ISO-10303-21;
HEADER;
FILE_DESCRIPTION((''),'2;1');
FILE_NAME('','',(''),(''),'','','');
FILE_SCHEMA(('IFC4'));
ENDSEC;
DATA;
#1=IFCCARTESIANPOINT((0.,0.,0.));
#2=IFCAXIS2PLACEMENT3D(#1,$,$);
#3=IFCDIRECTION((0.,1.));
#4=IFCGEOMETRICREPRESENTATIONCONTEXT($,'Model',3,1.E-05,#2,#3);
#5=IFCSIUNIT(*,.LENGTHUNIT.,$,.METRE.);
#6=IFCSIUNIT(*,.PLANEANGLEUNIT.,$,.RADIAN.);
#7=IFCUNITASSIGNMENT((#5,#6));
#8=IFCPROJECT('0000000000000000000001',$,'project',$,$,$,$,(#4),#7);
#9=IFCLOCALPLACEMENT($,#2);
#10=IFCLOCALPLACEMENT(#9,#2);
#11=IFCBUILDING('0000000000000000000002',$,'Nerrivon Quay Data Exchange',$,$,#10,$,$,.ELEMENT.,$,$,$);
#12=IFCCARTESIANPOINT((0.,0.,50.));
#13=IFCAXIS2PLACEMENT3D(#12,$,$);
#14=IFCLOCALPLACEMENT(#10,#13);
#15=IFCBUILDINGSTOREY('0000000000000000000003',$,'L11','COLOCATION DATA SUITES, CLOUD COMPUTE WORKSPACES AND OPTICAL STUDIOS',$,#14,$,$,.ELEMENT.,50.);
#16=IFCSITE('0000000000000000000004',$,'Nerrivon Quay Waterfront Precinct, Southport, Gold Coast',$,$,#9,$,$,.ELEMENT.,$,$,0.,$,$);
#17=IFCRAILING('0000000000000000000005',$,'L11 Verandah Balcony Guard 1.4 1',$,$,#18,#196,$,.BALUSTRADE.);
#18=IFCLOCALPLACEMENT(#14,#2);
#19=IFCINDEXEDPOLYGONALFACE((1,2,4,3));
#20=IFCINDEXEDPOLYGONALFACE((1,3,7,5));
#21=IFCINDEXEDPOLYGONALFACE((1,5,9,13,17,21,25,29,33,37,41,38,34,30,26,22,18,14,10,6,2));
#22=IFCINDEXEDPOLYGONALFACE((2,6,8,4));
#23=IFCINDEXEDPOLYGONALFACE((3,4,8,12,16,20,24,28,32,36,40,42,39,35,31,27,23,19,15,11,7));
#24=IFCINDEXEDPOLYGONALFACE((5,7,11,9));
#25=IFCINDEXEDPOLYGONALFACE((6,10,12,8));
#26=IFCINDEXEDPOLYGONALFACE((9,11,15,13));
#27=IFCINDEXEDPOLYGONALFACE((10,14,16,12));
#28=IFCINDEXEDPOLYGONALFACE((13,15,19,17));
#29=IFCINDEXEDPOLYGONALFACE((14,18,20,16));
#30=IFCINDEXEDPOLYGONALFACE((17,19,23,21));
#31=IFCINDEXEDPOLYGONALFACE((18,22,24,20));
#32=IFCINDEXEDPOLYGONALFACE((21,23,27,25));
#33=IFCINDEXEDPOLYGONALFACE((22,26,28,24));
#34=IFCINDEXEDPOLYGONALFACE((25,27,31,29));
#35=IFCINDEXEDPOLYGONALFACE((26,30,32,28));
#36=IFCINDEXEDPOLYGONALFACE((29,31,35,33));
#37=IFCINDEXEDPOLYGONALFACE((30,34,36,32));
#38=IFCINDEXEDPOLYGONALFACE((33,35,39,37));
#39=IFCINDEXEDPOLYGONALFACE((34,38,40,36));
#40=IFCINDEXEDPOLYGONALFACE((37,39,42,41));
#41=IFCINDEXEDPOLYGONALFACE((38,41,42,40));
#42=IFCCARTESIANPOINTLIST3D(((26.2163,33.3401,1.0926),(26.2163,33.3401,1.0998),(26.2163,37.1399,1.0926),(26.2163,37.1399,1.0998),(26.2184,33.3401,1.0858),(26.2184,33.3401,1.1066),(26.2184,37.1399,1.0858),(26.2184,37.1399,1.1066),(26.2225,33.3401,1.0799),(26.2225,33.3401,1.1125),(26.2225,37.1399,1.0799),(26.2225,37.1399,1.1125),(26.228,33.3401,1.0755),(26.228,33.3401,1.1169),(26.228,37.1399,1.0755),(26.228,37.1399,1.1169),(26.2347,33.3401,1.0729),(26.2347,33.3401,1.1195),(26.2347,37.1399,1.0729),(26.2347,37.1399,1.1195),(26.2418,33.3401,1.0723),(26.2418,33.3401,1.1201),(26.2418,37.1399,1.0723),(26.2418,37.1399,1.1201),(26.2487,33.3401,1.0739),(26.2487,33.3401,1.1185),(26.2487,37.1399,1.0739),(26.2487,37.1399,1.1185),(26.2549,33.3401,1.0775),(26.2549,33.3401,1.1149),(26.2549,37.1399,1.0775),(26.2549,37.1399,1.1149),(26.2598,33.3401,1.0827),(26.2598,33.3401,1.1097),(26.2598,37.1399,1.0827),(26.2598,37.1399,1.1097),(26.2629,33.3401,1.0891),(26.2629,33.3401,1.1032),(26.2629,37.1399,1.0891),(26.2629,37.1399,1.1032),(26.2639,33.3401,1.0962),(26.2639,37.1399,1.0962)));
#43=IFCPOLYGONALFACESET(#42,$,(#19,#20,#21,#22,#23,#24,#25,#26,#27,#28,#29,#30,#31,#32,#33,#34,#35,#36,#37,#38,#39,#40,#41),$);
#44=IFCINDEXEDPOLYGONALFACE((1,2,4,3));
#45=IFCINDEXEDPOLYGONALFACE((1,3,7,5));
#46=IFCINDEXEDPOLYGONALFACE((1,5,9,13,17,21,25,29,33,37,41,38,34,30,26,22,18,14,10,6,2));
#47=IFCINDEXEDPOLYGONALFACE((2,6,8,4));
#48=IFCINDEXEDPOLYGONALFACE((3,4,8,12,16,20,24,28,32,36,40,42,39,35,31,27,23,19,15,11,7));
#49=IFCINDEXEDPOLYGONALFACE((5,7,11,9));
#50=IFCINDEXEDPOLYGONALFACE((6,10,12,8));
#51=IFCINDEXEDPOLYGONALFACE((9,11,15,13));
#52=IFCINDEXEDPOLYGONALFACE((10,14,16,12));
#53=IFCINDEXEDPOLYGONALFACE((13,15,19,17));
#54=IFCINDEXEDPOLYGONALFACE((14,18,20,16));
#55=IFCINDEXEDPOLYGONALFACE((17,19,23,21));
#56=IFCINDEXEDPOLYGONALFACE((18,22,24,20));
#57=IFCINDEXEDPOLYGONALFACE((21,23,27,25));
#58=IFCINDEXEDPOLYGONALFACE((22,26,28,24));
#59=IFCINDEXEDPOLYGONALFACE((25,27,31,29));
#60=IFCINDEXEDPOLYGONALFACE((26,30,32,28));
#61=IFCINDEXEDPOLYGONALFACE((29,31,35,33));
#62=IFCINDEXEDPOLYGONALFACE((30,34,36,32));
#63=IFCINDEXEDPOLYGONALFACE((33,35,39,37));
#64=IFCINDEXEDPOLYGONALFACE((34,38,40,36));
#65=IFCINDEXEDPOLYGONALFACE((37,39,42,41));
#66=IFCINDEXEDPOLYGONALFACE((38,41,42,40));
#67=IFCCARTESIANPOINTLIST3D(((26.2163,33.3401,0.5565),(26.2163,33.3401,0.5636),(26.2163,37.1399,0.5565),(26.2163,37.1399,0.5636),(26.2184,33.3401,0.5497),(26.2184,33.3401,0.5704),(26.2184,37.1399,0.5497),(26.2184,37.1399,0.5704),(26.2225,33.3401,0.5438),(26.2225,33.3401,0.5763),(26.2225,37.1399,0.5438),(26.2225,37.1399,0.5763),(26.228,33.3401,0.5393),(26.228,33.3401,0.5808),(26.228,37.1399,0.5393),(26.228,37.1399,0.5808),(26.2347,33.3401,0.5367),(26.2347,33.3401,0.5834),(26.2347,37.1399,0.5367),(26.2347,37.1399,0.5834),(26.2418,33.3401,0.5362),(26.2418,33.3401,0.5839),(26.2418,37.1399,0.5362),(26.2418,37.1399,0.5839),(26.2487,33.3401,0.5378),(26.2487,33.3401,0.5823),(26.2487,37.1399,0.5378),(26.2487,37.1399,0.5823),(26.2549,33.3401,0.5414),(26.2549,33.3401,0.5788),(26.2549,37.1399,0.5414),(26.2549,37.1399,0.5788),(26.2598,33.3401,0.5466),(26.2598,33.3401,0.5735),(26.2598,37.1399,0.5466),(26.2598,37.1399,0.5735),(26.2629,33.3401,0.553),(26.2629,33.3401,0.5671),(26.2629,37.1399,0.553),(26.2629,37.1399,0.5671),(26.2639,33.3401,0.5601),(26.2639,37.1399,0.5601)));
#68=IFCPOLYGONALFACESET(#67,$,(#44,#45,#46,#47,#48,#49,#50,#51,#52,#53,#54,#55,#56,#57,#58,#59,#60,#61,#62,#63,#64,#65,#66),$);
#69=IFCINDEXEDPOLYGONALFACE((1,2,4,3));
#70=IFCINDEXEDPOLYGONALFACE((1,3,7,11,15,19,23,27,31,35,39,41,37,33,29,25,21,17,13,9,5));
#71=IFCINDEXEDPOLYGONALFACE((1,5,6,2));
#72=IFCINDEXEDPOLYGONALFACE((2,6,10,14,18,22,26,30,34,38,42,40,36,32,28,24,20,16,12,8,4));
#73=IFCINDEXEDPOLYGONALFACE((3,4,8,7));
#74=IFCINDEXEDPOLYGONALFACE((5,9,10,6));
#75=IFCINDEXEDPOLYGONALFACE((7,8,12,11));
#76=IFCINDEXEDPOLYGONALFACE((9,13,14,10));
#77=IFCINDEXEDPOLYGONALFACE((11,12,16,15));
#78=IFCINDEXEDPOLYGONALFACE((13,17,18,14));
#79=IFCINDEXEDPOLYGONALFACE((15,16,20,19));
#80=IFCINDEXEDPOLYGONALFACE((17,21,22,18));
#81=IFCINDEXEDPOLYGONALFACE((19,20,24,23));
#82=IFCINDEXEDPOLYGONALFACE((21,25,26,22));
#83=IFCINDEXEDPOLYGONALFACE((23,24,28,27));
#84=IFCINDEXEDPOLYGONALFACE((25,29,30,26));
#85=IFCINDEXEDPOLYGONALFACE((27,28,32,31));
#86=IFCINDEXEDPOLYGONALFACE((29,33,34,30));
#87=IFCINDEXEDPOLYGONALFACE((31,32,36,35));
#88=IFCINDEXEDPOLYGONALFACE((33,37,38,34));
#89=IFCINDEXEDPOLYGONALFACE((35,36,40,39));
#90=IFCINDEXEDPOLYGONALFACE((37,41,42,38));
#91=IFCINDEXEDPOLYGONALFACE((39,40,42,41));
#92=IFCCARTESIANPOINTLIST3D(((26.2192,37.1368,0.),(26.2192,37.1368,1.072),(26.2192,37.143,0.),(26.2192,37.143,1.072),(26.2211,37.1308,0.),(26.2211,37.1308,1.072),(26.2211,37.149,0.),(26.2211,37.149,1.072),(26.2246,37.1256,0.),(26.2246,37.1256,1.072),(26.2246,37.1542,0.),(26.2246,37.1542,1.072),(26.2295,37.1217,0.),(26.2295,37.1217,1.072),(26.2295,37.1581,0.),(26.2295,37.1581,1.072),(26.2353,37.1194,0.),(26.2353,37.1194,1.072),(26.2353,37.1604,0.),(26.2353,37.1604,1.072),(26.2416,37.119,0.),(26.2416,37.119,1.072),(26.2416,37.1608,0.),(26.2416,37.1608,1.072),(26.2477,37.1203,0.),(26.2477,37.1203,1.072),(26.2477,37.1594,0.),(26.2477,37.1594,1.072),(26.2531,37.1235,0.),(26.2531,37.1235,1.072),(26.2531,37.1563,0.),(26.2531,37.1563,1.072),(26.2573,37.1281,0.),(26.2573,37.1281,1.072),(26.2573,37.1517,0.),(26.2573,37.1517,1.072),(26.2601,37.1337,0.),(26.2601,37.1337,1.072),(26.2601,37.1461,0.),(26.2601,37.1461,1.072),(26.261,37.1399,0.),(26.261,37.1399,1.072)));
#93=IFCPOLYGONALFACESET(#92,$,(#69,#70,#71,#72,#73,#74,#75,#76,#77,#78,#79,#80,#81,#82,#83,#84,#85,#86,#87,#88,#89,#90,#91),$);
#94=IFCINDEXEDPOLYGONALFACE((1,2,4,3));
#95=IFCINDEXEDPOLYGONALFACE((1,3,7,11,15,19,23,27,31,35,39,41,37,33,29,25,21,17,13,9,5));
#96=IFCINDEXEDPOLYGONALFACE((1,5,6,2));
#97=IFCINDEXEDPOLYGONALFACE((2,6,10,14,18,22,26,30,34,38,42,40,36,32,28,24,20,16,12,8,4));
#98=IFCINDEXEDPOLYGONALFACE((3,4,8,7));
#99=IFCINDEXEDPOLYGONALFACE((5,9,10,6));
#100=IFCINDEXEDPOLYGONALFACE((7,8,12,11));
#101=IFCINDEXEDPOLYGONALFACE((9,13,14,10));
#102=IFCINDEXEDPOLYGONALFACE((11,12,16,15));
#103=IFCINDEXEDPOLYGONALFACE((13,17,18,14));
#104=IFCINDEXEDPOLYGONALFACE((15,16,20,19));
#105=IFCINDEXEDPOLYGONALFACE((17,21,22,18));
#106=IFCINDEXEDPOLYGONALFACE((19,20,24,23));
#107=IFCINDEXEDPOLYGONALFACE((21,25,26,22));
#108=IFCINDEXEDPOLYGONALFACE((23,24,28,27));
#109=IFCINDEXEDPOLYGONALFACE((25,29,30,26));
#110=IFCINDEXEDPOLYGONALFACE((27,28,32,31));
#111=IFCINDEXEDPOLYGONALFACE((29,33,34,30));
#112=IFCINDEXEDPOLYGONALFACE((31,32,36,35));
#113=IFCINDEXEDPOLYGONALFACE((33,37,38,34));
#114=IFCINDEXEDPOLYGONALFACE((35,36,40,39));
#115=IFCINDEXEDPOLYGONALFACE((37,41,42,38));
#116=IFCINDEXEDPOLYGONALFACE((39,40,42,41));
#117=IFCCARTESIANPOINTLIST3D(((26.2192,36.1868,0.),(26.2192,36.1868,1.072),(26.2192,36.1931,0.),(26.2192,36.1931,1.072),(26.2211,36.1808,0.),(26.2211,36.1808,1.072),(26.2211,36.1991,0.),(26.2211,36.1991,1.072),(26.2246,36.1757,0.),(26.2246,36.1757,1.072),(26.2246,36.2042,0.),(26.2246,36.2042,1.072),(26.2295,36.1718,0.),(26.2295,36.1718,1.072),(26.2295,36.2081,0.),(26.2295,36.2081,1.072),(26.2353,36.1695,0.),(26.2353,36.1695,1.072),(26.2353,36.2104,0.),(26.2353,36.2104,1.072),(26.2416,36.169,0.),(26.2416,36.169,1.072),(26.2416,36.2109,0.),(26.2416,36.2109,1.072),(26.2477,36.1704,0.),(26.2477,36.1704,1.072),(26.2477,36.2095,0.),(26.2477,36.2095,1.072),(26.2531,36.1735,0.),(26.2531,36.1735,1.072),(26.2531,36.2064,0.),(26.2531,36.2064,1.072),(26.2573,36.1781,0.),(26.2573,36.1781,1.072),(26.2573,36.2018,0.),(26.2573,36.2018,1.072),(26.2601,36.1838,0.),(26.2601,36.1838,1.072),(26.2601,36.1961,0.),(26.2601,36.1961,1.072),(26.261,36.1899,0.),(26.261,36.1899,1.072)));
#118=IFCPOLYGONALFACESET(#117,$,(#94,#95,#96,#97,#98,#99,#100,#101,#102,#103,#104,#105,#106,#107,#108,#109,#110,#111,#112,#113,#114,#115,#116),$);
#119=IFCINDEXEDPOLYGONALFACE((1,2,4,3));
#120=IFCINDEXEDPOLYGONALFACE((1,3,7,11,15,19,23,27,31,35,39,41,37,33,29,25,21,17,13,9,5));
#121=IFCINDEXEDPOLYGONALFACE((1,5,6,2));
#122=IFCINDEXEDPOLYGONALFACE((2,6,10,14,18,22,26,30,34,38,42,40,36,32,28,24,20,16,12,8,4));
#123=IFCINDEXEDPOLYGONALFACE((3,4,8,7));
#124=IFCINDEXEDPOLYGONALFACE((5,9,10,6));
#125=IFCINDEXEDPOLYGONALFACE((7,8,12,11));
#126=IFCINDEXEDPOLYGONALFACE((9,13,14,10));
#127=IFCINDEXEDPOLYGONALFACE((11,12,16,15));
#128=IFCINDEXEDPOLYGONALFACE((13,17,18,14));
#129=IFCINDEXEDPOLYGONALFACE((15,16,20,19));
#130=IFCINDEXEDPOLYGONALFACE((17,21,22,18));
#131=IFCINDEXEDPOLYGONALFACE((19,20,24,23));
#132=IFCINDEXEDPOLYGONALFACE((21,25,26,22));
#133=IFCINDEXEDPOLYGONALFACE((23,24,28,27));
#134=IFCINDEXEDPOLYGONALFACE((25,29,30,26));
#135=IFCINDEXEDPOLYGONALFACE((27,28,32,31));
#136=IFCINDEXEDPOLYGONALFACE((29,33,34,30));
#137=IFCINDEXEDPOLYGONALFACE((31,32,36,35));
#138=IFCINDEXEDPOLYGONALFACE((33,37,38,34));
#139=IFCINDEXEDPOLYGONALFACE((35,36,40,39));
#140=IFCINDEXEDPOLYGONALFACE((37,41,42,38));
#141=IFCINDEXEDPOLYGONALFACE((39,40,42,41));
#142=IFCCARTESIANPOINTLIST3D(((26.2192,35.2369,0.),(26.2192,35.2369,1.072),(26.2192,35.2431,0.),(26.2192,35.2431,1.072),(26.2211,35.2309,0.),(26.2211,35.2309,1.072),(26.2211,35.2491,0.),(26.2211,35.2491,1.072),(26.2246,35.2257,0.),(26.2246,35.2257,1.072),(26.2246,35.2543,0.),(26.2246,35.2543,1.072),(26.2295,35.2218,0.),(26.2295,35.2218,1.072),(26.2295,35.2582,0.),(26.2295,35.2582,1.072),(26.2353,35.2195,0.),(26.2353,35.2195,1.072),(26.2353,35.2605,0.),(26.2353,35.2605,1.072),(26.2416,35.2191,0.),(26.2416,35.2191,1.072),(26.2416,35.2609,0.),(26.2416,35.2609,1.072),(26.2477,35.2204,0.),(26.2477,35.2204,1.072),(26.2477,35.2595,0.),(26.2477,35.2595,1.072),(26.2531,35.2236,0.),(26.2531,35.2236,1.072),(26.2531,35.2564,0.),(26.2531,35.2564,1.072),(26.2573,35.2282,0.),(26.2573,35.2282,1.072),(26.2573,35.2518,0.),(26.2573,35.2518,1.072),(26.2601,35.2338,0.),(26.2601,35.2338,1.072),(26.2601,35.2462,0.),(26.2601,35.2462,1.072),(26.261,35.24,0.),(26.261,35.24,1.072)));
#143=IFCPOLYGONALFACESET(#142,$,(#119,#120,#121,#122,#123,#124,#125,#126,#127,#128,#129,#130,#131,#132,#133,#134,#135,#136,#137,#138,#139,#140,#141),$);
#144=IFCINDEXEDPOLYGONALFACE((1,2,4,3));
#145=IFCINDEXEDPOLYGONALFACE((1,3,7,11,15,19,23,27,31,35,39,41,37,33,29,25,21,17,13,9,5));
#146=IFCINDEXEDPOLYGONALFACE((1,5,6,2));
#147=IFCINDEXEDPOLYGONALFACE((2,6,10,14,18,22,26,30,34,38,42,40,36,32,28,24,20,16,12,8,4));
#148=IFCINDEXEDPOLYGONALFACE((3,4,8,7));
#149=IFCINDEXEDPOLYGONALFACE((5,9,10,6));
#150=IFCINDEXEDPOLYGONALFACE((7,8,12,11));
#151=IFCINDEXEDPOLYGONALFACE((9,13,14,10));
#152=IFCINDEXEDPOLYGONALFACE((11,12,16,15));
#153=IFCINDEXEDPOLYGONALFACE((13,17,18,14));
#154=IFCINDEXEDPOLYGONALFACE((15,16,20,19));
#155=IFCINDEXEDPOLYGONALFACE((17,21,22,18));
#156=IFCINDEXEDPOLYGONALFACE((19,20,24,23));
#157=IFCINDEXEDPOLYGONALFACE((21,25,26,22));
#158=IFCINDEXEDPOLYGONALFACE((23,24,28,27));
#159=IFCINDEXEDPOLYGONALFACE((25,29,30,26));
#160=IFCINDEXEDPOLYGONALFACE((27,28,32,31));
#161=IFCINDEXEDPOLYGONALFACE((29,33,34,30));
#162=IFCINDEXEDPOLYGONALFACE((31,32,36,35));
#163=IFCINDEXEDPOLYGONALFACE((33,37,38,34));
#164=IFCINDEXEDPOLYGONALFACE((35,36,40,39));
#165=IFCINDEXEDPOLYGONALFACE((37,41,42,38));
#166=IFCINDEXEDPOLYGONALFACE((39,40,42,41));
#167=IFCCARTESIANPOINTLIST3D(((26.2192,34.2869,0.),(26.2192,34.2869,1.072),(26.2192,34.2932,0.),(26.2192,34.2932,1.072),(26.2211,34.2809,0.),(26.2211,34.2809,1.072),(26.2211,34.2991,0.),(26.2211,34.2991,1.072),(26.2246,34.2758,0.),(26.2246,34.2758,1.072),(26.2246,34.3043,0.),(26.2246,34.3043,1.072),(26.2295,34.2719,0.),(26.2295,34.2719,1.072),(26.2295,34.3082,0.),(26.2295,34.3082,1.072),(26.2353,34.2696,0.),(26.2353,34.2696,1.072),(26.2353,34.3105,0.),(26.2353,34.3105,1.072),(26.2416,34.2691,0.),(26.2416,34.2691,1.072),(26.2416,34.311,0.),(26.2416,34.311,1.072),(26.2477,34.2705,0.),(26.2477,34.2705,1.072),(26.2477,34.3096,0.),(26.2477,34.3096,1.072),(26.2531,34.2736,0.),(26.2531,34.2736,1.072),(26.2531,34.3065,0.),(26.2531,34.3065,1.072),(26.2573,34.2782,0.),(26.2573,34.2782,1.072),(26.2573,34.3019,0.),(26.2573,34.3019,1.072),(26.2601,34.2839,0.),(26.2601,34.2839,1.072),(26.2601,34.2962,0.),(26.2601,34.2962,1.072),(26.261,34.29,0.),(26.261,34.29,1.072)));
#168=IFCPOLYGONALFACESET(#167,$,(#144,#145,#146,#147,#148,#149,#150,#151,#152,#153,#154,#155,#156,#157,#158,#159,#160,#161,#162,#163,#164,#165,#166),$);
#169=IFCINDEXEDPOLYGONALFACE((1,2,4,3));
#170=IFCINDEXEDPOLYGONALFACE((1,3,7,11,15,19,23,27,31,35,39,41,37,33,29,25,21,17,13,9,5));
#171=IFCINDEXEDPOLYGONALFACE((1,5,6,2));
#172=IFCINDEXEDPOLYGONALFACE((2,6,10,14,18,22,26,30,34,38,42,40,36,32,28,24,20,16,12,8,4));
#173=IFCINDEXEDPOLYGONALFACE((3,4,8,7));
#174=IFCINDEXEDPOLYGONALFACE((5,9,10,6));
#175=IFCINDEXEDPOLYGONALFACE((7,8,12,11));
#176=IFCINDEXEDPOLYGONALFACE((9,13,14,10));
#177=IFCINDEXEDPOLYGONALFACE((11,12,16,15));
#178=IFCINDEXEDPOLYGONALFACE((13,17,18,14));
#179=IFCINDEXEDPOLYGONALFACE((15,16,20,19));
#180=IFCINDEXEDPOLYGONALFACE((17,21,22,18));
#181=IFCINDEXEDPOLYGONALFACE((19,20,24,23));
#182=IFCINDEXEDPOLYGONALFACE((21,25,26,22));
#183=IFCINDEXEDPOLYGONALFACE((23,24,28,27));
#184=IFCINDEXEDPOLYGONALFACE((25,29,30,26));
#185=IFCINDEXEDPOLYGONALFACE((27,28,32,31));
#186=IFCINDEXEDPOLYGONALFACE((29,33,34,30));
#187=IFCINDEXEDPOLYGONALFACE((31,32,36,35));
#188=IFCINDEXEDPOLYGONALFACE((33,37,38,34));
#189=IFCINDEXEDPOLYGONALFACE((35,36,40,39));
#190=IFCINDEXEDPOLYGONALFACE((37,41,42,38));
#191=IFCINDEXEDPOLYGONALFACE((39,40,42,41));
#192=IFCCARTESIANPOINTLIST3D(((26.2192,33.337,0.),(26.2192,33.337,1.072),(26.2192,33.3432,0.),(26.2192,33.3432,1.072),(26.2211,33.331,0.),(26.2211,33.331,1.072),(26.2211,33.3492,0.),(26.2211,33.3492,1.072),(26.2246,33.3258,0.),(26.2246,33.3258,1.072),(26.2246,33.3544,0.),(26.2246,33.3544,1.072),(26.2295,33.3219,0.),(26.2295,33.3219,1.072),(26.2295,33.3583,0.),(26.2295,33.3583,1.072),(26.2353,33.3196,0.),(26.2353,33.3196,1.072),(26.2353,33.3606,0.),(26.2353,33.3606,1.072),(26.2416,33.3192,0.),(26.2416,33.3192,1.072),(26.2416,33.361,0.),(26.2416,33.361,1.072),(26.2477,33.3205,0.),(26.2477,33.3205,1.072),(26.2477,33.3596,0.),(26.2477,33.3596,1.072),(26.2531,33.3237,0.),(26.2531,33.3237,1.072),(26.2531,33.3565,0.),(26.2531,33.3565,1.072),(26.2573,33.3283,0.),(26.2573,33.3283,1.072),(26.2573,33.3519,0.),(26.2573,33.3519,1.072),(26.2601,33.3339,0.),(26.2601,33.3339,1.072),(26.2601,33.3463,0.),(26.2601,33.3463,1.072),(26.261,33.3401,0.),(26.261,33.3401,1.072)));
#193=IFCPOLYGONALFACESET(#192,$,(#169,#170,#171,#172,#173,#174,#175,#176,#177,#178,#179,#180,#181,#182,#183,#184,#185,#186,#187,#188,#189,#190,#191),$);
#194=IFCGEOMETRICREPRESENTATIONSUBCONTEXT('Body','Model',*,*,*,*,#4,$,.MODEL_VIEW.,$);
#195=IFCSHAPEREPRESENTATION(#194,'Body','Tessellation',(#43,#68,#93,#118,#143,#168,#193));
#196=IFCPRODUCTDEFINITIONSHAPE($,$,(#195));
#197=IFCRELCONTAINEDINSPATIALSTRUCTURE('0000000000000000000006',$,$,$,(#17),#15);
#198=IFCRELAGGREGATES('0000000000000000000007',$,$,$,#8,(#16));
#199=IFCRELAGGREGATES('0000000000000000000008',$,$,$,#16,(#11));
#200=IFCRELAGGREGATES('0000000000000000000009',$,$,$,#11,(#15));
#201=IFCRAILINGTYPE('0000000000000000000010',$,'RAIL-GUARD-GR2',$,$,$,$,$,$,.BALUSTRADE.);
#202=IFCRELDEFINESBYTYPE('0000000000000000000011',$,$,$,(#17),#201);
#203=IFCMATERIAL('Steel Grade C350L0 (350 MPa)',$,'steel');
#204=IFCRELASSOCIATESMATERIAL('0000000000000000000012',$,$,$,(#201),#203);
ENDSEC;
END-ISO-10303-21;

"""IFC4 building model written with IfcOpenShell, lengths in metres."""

from ifc_helpers import new_model, si_unit, direction, frame, origin, origin_2d, place, context, subcontext, project, spatial, circle, extrude, material, type_object, element, save


model = new_model("IFC4")

# Units and contexts
model_context = context("Model", 3, precision=1e-05, world=origin(), true_north=direction((0.0, 1.0)))
body_context = subcontext(model_context, "Body", "Model", "MODEL_VIEW")
ifc_project = project(units=[si_unit("LENGTHUNIT", "METRE"), si_unit("PLANEANGLEUNIT", "RADIAN")], contexts=[model_context])

# Site, building, storey
site_placement = place(None, origin())
site = spatial("IfcSite", under=ifc_project, at=site_placement, Name="Nerrivon Quay Waterfront Precinct, Southport, Gold Coast", CompositionType="ELEMENT", RefElevation=0.0)
building_placement = place(site_placement, origin())
building = spatial("IfcBuilding", under=site, at=building_placement, Name="Nerrivon Quay Data Exchange", CompositionType="ELEMENT")
storey_placement = place(building_placement, frame((0.0, 0.0, 50.0)))
storey = spatial("IfcBuildingStorey", under=building, at=storey_placement, Name="L11", Description="COLOCATION DATA SUITES, CLOUD COMPUTE WORKSPACES AND OPTICAL STUDIOS", CompositionType="ELEMENT", Elevation=50.0)

# Railing
ifc_material_1 = material(Name="Steel Grade C350L0 (350 MPa)", Category="steel")
railing_type = type_object("IfcRailingType", Name="RAIL-GUARD-GR2", PredefinedType="BALUSTRADE", material=ifc_material_1)
railing_1_placement = place(storey_placement, frame((26.24, 37.1399, 0.0)))
element("IfcRailing", 1, at=railing_1_placement, inside=storey, type_object=railing_type, Name="L11 Verandah Balcony Guard 1.4 1", PredefinedType="BALUSTRADE", context=body_context, shape_type="SweptSolid", body=[
    extrude(circle(Radius=0.0239, at=origin_2d()), frame((0.0, 0.0, 1.0962), z_axis=(0.0, -1.0, 0.0), x_axis=(1.0, 0.0, 0.0)), (0.0, 0.0, 1.0), 3.7998),
    extrude(circle(Radius=0.0239, at=origin_2d()), frame((0.0, 0.0, 0.5601), z_axis=(0.0, -1.0, 0.0), x_axis=(1.0, 0.0, 0.0)), (0.0, 0.0, 1.0), 3.7998),
    extrude(circle(Radius=0.021, at=origin_2d()), origin(), (0.0, 0.0, 1.0), 1.072),
    extrude(circle(Radius=0.021, at=origin_2d()), frame((0.0, -0.95, 0.0)), (0.0, 0.0, 1.0), 1.072),
    extrude(circle(Radius=0.021, at=origin_2d()), frame((0.0, -1.8999, 0.0)), (0.0, 0.0, 1.0), 1.072),
    extrude(circle(Radius=0.021, at=origin_2d()), frame((0.0, -2.8499, 0.0)), (0.0, 0.0, 1.0), 1.072),
    extrude(circle(Radius=0.021, at=origin_2d()), frame((0.0, -3.7998, 0.0)), (0.0, 0.0, 1.0), 1.072),
])

save(model, "model.ifc")
